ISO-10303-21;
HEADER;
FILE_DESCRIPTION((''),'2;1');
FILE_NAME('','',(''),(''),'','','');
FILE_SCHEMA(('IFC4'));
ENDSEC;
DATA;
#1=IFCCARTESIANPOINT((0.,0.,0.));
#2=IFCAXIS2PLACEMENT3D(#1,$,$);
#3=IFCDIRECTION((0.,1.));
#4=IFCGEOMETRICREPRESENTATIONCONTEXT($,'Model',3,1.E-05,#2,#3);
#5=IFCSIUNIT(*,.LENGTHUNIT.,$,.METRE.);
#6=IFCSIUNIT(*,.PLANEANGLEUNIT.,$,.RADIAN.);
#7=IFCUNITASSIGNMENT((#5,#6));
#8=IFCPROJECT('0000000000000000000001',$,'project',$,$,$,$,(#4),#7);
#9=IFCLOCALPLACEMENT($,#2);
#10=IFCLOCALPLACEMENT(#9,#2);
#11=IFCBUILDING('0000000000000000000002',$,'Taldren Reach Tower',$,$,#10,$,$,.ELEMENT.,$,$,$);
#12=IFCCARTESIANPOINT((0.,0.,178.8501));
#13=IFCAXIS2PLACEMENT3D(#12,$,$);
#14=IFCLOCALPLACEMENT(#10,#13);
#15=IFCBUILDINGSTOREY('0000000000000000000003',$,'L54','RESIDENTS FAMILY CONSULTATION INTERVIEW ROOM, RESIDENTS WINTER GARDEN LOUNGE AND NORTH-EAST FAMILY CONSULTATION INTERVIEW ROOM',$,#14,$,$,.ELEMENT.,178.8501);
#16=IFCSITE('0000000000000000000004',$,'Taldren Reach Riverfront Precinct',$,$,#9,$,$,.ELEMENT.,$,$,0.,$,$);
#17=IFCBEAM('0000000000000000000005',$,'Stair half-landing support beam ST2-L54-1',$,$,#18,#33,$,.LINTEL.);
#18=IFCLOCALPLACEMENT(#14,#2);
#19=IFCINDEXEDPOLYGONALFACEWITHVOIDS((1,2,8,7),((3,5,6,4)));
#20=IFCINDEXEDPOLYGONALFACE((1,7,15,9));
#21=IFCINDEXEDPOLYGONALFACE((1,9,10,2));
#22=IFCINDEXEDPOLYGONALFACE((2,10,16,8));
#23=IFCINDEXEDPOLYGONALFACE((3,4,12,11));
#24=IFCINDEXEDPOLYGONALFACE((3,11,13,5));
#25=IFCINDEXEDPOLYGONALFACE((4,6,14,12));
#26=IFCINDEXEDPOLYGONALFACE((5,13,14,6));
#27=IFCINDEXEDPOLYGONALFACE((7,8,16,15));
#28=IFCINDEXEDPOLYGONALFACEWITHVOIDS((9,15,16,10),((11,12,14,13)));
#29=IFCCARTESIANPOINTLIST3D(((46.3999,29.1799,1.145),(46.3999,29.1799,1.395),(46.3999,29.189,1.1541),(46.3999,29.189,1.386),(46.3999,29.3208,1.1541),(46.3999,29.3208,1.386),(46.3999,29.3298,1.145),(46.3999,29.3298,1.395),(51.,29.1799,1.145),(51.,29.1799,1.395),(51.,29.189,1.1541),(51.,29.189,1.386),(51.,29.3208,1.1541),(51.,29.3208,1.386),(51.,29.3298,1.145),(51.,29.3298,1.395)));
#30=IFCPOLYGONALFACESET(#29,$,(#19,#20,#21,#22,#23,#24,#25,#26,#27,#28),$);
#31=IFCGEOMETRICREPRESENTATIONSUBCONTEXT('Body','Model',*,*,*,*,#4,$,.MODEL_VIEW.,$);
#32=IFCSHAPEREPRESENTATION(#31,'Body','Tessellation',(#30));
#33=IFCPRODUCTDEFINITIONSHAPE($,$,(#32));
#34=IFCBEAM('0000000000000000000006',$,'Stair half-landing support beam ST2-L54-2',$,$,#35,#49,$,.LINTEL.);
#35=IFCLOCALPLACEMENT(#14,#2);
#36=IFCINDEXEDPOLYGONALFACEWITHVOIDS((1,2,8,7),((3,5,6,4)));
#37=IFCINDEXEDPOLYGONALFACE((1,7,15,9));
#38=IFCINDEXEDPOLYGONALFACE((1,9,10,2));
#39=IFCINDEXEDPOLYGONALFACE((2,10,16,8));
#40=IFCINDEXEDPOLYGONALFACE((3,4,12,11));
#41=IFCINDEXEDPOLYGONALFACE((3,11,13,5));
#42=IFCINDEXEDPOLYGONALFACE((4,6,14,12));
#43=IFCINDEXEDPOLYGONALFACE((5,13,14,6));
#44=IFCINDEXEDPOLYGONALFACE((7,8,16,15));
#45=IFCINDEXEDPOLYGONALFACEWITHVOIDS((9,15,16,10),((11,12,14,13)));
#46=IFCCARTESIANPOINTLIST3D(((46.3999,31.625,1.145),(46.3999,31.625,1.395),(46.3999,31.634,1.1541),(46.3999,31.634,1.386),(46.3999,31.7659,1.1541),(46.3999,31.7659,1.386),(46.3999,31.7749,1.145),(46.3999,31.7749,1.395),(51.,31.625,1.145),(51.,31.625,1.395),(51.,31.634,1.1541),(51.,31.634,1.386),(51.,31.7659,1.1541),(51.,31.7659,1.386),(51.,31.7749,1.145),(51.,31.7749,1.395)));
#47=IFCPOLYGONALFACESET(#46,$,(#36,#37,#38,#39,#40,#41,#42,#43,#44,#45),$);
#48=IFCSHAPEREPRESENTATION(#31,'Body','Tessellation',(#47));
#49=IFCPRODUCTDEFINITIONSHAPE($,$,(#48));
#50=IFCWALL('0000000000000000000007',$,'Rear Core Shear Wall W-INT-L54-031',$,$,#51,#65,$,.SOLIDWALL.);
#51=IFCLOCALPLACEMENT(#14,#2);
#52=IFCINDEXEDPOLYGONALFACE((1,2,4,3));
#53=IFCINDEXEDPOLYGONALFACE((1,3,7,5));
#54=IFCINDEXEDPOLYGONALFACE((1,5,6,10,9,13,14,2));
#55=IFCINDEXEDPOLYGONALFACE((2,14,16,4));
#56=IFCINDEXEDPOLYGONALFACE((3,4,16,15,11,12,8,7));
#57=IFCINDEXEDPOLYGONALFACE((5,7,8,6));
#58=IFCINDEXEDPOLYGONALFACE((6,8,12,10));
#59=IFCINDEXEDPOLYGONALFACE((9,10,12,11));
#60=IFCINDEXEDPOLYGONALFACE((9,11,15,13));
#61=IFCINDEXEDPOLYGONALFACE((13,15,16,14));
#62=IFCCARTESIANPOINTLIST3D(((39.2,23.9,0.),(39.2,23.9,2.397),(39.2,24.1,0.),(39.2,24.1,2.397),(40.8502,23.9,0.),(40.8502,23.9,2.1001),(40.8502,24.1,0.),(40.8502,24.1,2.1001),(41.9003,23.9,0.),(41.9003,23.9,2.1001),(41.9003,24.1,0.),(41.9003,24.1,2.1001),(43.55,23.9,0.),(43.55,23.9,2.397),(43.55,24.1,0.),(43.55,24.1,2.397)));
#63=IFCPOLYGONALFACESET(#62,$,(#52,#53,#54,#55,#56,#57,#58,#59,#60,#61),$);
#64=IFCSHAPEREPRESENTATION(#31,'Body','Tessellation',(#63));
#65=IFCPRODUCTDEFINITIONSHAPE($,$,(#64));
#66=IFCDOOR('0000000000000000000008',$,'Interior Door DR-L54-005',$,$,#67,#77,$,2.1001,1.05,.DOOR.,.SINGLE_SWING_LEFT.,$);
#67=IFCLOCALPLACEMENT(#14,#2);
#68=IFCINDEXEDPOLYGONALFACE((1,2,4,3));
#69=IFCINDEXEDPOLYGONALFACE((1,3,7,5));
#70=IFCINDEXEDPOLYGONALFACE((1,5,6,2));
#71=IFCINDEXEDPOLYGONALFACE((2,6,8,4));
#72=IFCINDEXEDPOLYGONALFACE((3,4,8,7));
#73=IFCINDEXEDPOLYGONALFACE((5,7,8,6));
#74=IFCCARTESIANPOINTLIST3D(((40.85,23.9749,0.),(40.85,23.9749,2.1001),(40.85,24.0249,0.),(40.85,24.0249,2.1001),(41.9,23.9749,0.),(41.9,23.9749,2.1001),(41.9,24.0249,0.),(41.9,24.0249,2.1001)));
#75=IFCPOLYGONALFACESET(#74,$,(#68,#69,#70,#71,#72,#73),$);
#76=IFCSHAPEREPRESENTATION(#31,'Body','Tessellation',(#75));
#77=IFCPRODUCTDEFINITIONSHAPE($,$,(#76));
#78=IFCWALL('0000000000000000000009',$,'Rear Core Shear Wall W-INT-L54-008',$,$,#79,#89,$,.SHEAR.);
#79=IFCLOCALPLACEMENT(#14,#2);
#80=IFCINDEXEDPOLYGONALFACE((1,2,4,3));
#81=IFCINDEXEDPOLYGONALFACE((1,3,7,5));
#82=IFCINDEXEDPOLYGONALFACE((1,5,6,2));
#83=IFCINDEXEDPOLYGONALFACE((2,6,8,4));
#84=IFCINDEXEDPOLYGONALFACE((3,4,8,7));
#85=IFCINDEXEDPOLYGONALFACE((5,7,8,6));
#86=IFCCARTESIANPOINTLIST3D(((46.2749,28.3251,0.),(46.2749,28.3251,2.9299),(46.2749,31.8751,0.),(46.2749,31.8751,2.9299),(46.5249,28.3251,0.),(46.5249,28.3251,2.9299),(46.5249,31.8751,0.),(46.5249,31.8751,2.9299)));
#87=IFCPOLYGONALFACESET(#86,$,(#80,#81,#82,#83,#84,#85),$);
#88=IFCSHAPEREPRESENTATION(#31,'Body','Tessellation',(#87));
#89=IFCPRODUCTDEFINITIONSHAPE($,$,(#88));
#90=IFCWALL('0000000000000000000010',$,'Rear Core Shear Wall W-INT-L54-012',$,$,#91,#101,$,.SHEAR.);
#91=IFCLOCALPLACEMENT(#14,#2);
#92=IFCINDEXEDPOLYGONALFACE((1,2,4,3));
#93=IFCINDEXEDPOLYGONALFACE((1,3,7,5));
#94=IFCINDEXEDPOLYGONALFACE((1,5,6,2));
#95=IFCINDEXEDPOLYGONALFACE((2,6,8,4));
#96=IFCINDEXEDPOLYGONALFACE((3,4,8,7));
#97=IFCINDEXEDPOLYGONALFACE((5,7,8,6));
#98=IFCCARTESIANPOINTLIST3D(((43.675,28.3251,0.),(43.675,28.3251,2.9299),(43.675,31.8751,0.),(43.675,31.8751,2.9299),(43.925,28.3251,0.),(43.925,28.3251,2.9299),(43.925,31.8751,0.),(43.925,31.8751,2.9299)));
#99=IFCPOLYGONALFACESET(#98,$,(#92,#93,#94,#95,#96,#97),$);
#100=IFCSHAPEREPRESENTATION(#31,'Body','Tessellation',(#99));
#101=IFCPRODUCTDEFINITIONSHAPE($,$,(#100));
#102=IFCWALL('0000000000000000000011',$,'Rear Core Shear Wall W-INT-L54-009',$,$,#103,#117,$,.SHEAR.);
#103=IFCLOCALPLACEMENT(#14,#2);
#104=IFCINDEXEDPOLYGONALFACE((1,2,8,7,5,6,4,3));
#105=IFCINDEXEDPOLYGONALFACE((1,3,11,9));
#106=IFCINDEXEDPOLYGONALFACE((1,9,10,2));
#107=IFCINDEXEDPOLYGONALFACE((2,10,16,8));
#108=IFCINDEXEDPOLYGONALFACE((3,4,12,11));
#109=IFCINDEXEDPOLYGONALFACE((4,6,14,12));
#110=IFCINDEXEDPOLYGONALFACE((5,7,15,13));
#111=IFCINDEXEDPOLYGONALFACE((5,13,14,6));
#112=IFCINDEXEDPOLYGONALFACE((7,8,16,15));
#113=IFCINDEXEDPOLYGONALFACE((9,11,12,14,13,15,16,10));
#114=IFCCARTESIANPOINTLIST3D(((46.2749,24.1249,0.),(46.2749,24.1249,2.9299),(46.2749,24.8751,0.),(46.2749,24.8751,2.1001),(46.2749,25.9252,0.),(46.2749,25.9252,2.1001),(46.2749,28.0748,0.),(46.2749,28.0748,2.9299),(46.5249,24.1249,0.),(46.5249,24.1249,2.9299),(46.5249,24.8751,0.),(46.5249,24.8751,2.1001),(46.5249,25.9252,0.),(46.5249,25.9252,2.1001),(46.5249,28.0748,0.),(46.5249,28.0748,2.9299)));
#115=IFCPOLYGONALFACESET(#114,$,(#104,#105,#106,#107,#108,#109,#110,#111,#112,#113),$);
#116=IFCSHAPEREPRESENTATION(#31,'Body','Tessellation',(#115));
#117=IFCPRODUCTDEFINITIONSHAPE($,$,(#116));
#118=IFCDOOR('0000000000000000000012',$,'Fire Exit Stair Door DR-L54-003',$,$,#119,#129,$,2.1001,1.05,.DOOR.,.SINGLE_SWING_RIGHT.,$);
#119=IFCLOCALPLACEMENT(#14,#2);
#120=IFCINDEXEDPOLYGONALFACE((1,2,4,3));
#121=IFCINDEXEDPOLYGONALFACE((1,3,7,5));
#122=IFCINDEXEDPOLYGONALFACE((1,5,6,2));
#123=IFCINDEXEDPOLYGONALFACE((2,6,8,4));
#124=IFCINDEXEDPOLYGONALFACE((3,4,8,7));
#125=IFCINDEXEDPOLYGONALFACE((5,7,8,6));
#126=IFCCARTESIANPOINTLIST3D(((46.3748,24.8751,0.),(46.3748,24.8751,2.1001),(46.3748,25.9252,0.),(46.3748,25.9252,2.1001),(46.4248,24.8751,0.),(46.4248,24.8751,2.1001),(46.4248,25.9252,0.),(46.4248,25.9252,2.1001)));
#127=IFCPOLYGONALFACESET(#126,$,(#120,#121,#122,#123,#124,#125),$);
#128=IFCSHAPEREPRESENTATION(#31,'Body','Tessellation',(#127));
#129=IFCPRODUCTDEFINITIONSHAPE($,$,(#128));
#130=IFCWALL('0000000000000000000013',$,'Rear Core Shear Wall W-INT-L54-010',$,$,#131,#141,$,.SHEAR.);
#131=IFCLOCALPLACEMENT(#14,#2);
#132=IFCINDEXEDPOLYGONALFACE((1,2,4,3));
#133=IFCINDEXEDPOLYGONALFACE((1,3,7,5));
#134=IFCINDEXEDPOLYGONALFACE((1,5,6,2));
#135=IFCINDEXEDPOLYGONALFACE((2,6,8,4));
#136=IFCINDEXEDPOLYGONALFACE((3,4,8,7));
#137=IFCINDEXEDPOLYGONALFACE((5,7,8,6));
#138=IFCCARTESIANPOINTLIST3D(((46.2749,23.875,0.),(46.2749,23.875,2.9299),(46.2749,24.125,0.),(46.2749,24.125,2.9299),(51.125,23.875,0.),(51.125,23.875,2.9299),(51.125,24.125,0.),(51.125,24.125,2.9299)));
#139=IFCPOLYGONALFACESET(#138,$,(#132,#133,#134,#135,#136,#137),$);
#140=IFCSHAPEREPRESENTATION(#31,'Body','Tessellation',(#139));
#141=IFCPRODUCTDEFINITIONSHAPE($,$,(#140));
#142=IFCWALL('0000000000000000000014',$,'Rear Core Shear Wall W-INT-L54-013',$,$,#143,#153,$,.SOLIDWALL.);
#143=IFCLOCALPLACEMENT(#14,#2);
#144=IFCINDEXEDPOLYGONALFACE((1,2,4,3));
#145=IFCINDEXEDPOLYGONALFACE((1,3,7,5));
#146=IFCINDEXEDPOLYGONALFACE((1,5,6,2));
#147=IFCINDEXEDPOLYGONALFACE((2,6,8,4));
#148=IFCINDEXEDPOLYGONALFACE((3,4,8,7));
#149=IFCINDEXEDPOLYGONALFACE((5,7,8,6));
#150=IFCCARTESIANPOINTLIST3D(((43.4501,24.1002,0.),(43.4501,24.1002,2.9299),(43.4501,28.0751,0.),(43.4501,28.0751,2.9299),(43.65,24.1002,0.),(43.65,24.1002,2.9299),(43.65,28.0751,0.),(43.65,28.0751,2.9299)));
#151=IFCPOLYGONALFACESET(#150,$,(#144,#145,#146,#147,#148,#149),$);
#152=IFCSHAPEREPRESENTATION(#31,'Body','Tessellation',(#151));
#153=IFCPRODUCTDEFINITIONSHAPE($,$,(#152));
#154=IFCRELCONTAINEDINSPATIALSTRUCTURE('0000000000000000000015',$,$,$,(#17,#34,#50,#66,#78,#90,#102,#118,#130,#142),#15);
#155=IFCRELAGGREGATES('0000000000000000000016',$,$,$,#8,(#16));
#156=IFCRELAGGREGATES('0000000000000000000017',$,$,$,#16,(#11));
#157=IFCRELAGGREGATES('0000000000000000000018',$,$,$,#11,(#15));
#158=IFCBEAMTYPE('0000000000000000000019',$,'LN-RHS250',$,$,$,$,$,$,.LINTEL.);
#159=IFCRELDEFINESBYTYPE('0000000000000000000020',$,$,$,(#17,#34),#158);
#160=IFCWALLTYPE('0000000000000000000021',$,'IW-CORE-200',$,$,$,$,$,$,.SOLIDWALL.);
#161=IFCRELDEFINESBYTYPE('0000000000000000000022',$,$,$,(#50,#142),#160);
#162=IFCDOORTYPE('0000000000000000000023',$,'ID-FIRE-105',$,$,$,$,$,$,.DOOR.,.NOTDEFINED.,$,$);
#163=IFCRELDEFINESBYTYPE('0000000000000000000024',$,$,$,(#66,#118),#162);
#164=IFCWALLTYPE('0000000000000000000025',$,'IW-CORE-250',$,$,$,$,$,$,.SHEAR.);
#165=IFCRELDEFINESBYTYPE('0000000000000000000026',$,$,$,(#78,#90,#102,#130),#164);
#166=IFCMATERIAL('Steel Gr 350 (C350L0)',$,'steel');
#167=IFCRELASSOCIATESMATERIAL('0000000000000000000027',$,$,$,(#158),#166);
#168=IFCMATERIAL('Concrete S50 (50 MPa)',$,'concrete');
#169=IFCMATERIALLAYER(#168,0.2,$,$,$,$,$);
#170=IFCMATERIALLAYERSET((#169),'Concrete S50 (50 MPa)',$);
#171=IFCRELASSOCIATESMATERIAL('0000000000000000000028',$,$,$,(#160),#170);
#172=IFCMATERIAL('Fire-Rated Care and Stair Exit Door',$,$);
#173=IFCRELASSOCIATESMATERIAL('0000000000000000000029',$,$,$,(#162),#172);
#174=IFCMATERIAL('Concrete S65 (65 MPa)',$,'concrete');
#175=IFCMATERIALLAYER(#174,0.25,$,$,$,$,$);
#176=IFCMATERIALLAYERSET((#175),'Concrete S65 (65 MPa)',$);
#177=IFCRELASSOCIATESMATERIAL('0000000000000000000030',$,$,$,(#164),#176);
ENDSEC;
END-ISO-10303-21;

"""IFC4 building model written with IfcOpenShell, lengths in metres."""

from ifc_helpers import new_model, si_unit, direction, frame, frame_2d, origin, origin_2d, place, context, subcontext, project, spatial, rectangle, hollow_rectangle, extrude, source, transform, mapped, material, layer, layer_set, material_profile, profile_set, type_object, element, fill, save


model = new_model("IFC4")

# Units and contexts
model_context = context("Model", 3, precision=1e-05, world=origin(), true_north=direction((0.0, 1.0)))
body_context = subcontext(model_context, "Body", "Model", "MODEL_VIEW")
ifc_project = project(units=[si_unit("LENGTHUNIT", "METRE"), si_unit("PLANEANGLEUNIT", "RADIAN")], contexts=[model_context])

# Site, building, storey
site_placement = place(None, origin())
site = spatial("IfcSite", under=ifc_project, at=site_placement, Name="Taldren Reach Riverfront Precinct", CompositionType="ELEMENT", RefElevation=0.0)
building_placement = place(site_placement, origin())
building = spatial("IfcBuilding", under=site, at=building_placement, Name="Taldren Reach Tower", CompositionType="ELEMENT")
storey_placement = place(building_placement, frame((0.0, 0.0, 178.8501)))
storey = spatial("IfcBuildingStorey", under=building, at=storey_placement, Name="L54", Description="RESIDENTS FAMILY CONSULTATION INTERVIEW ROOM, RESIDENTS WINTER GARDEN LOUNGE AND NORTH-EAST FAMILY CONSULTATION INTERVIEW ROOM", CompositionType="ELEMENT", Elevation=178.8501)

# Beams
ifc_material_1 = material(Name="Steel Gr 350 (C350L0)", Category="steel")
ifc_material_profile = material_profile(ifc_material_1, hollow_rectangle(XDim=0.1499, YDim=0.25, WallThickness=0.009, at=origin_2d()), Name="250x150x9.0RHS")
ifc_profile_set = profile_set([ifc_material_profile], Name="Steel Gr 350 (C350L0)")
beam_type = type_object("IfcBeamType", Name="LN-RHS250", PredefinedType="LINTEL", material=ifc_profile_set)
shared_shape_1 = source(origin(), body_context, "Body", "SweptSolid", [
    extrude(hollow_rectangle(XDim=0.1499, YDim=0.25, WallThickness=0.009, at=origin_2d()), origin(), (0.0, 0.0, 1.0), 4.6001),
])
for number, where, z_axis, x_axis, name in (
    (1, (46.3999, 29.2549, 1.27), (1.0, 0.0, 0.0), (0.0, 1.0, 0.0), "Stair half-landing support beam ST2-L54-1"),
    (2, (46.3999, 31.7, 1.27), (1.0, 0.0, 0.0), (0.0, 1.0, 0.0), "Stair half-landing support beam ST2-L54-2"),
):
    element("IfcBeam", number, at=place(storey_placement, frame(where, z_axis=z_axis, x_axis=x_axis)), inside=storey, type_object=beam_type, Name=name, PredefinedType="LINTEL", context=body_context, shape_type="MappedRepresentation", body=[
        mapped(shared_shape_1, transform((0.0, 0.0, 0.0), scale=1.0)),
    ])

# Wall, opening, door
ifc_material_2 = material(Name="Concrete S50 (50 MPa)", Category="concrete")
ifc_layer_1 = layer(ifc_material_2, 0.2)
ifc_layer_set_1 = layer_set([ifc_layer_1], Name="Concrete S50 (50 MPa)")
wall_type_1 = type_object("IfcWallType", Name="IW-CORE-200", PredefinedType="SOLIDWALL", material=ifc_layer_set_1)
shared_shape_2 = source(origin(), body_context, "Body", "SweptSolid", [
    extrude(rectangle(XDim=4.3501, YDim=0.2, at=frame_2d((2.175, 0.0))), origin(), (0.0, 0.0, 1.0), 2.397),
])
wall_1_placement = place(storey_placement, frame((43.55, 24.0, 0.0), z_axis=(0.0, 0.0, 1.0), x_axis=(-1.0, 0.0, 0.0)))
wall_1 = element("IfcWall", 3, at=wall_1_placement, inside=storey, type_object=wall_type_1, Name="Rear Core Shear Wall W-INT-L54-031", PredefinedType="SOLIDWALL", context=body_context, shape_type="MappedRepresentation", body=[
    mapped(shared_shape_2, transform((0.0, 0.0, 0.0), scale=1.0)),
])
shared_shape_3 = source(origin(), body_context, "Body", "SweptSolid", [
    extrude(rectangle(XDim=1.05, YDim=2.1001, at=frame_2d((0.5249, 1.05))), frame((0.0, 0.1099, 0.0), z_axis=(0.0, -1.0, 0.0), x_axis=(1.0, 0.0, 0.0)), (0.0, 0.0, 1.0), 0.22),
])
opening_1_placement = place(wall_1_placement, frame((1.6499, 0.0, 0.0)))
opening_1 = element("IfcOpeningElement", 4, at=opening_1_placement, cuts=wall_1, PredefinedType="OPENING", context=body_context, shape_type="MappedRepresentation", body=[
    mapped(shared_shape_3, transform((0.0, 0.0, 0.0), scale=1.0)),
])
ifc_material_3 = material(Name="Fire-Rated Care and Stair Exit Door")
door_type_1 = type_object("IfcDoorType", Name="ID-FIRE-105", OperationType="NOTDEFINED", PredefinedType="DOOR", material=ifc_material_3)
shared_shape_4 = source(origin(), body_context, "Body", "SweptSolid", [
    extrude(rectangle(XDim=1.05, YDim=2.1001, at=frame_2d((0.5249, 1.05))), frame((0.0, 0.0249, 0.0), z_axis=(0.0, -1.0, 0.0), x_axis=(1.0, 0.0, 0.0)), (0.0, 0.0, 1.0), 0.05),
])
door_1_placement = place(opening_1_placement, frame((1.05, 0.0, 0.0), z_axis=(0.0, 0.0, 1.0), x_axis=(-1.0, 0.0, 0.0)))
door_1 = element("IfcDoor", 5, at=door_1_placement, inside=storey, type_object=door_type_1, Name="Interior Door DR-L54-005", OperationType="SINGLE_SWING_LEFT", OverallHeight=2.1001, OverallWidth=1.05, PredefinedType="DOOR", context=body_context, shape_type="MappedRepresentation", body=[
    mapped(shared_shape_4, transform((0.0, 0.0, 0.0), scale=1.0)),
])
fill(opening_1, door_1)

# Walls
ifc_material_4 = material(Name="Concrete S65 (65 MPa)", Category="concrete")
ifc_layer_2 = layer(ifc_material_4, 0.25)
ifc_layer_set_2 = layer_set([ifc_layer_2], Name="Concrete S65 (65 MPa)")
wall_type_2 = type_object("IfcWallType", Name="IW-CORE-250", PredefinedType="SHEAR", material=ifc_layer_set_2)
shared_shape_5 = source(origin(), body_context, "Body", "SweptSolid", [
    extrude(rectangle(XDim=3.55, YDim=0.25, at=frame_2d((1.7749, 0.0))), origin(), (0.0, 0.0, 1.0), 2.9299),
])
for number, where, z_axis, x_axis, name in (
    (6, (46.3999, 31.875, 0.0), (0.0, 0.0, 1.0), (0.0, -1.0, 0.0), "Rear Core Shear Wall W-INT-L54-008"),
    (7, (43.8, 31.875, 0.0), (0.0, 0.0, 1.0), (0.0, -1.0, 0.0), "Rear Core Shear Wall W-INT-L54-012"),
):
    element("IfcWall", number, at=place(storey_placement, frame(where, z_axis=z_axis, x_axis=x_axis)), inside=storey, type_object=wall_type_2, Name=name, PredefinedType="SHEAR", context=body_context, shape_type="MappedRepresentation", body=[
        mapped(shared_shape_5, transform((0.0, 0.0, 0.0), scale=1.0)),
    ])

# Wall, opening, door
shared_shape_6 = source(origin(), body_context, "Body", "SweptSolid", [
    extrude(rectangle(XDim=3.95, YDim=0.25, at=frame_2d((1.9751, 0.0))), origin(), (0.0, 0.0, 1.0), 2.9299),
])
wall_2_placement = place(storey_placement, frame((46.3999, 28.075, 0.0), z_axis=(0.0, 0.0, 1.0), x_axis=(0.0, -1.0, 0.0)))
wall_2 = element("IfcWall", 8, at=wall_2_placement, inside=storey, type_object=wall_type_2, Name="Rear Core Shear Wall W-INT-L54-009", PredefinedType="SHEAR", context=body_context, shape_type="MappedRepresentation", body=[
    mapped(shared_shape_6, transform((0.0, 0.0, 0.0), scale=1.0)),
])
shared_shape_7 = source(origin(), body_context, "Body", "SweptSolid", [
    extrude(rectangle(XDim=1.05, YDim=2.1001, at=frame_2d((0.5249, 1.05))), frame((0.0, 0.135, 0.0), z_axis=(0.0, -1.0, 0.0), x_axis=(1.0, 0.0, 0.0)), (0.0, 0.0, 1.0), 0.27),
])
opening_2_placement = place(wall_2_placement, frame((2.1499, 0.0, 0.0)))
opening_2 = element("IfcOpeningElement", 9, at=opening_2_placement, cuts=wall_2, PredefinedType="OPENING", context=body_context, shape_type="MappedRepresentation", body=[
    mapped(shared_shape_7, transform((0.0, 0.0, 0.0), scale=1.0)),
])
door_2_placement = place(opening_2_placement, origin())
door_2 = element("IfcDoor", 10, at=door_2_placement, inside=storey, type_object=door_type_1, Name="Fire Exit Stair Door DR-L54-003", OperationType="SINGLE_SWING_RIGHT", OverallHeight=2.1001, OverallWidth=1.05, PredefinedType="DOOR", context=body_context, shape_type="MappedRepresentation", body=[
    mapped(shared_shape_4, transform((0.0, 0.0, 0.0), scale=1.0)),
])
fill(opening_2, door_2)

# Wall
shared_shape_8 = source(origin(), body_context, "Body", "SweptSolid", [
    extrude(rectangle(XDim=4.8501, YDim=0.25, at=frame_2d((2.425, 0.0))), origin(), (0.0, 0.0, 1.0), 2.9299),
])
wall_3_placement = place(storey_placement, frame((46.2749, 24.0, 0.0), z_axis=(0.0, 0.0, 1.0), x_axis=(1.0, 0.0, 0.0)))
element("IfcWall", 11, at=wall_3_placement, inside=storey, type_object=wall_type_2, Name="Rear Core Shear Wall W-INT-L54-010", PredefinedType="SHEAR", context=body_context, shape_type="MappedRepresentation", body=[
    mapped(shared_shape_8, transform((0.0, 0.0, 0.0), scale=1.0)),
])

# Wall
shared_shape_9 = source(origin(), body_context, "Body", "SweptSolid", [
    extrude(rectangle(XDim=3.9749, YDim=0.2, at=frame_2d((1.9873, 0.0))), origin(), (0.0, 0.0, 1.0), 2.9299),
])
wall_4_placement = place(storey_placement, frame((43.55, 28.075, 0.0), z_axis=(0.0, 0.0, 1.0), x_axis=(0.0, -1.0, 0.0)))
element("IfcWall", 12, at=wall_4_placement, inside=storey, type_object=wall_type_1, Name="Rear Core Shear Wall W-INT-L54-013", PredefinedType="SOLIDWALL", context=body_context, shape_type="MappedRepresentation", body=[
    mapped(shared_shape_9, transform((0.0, 0.0, 0.0), scale=1.0)),
])

save(model, "model.ifc")
